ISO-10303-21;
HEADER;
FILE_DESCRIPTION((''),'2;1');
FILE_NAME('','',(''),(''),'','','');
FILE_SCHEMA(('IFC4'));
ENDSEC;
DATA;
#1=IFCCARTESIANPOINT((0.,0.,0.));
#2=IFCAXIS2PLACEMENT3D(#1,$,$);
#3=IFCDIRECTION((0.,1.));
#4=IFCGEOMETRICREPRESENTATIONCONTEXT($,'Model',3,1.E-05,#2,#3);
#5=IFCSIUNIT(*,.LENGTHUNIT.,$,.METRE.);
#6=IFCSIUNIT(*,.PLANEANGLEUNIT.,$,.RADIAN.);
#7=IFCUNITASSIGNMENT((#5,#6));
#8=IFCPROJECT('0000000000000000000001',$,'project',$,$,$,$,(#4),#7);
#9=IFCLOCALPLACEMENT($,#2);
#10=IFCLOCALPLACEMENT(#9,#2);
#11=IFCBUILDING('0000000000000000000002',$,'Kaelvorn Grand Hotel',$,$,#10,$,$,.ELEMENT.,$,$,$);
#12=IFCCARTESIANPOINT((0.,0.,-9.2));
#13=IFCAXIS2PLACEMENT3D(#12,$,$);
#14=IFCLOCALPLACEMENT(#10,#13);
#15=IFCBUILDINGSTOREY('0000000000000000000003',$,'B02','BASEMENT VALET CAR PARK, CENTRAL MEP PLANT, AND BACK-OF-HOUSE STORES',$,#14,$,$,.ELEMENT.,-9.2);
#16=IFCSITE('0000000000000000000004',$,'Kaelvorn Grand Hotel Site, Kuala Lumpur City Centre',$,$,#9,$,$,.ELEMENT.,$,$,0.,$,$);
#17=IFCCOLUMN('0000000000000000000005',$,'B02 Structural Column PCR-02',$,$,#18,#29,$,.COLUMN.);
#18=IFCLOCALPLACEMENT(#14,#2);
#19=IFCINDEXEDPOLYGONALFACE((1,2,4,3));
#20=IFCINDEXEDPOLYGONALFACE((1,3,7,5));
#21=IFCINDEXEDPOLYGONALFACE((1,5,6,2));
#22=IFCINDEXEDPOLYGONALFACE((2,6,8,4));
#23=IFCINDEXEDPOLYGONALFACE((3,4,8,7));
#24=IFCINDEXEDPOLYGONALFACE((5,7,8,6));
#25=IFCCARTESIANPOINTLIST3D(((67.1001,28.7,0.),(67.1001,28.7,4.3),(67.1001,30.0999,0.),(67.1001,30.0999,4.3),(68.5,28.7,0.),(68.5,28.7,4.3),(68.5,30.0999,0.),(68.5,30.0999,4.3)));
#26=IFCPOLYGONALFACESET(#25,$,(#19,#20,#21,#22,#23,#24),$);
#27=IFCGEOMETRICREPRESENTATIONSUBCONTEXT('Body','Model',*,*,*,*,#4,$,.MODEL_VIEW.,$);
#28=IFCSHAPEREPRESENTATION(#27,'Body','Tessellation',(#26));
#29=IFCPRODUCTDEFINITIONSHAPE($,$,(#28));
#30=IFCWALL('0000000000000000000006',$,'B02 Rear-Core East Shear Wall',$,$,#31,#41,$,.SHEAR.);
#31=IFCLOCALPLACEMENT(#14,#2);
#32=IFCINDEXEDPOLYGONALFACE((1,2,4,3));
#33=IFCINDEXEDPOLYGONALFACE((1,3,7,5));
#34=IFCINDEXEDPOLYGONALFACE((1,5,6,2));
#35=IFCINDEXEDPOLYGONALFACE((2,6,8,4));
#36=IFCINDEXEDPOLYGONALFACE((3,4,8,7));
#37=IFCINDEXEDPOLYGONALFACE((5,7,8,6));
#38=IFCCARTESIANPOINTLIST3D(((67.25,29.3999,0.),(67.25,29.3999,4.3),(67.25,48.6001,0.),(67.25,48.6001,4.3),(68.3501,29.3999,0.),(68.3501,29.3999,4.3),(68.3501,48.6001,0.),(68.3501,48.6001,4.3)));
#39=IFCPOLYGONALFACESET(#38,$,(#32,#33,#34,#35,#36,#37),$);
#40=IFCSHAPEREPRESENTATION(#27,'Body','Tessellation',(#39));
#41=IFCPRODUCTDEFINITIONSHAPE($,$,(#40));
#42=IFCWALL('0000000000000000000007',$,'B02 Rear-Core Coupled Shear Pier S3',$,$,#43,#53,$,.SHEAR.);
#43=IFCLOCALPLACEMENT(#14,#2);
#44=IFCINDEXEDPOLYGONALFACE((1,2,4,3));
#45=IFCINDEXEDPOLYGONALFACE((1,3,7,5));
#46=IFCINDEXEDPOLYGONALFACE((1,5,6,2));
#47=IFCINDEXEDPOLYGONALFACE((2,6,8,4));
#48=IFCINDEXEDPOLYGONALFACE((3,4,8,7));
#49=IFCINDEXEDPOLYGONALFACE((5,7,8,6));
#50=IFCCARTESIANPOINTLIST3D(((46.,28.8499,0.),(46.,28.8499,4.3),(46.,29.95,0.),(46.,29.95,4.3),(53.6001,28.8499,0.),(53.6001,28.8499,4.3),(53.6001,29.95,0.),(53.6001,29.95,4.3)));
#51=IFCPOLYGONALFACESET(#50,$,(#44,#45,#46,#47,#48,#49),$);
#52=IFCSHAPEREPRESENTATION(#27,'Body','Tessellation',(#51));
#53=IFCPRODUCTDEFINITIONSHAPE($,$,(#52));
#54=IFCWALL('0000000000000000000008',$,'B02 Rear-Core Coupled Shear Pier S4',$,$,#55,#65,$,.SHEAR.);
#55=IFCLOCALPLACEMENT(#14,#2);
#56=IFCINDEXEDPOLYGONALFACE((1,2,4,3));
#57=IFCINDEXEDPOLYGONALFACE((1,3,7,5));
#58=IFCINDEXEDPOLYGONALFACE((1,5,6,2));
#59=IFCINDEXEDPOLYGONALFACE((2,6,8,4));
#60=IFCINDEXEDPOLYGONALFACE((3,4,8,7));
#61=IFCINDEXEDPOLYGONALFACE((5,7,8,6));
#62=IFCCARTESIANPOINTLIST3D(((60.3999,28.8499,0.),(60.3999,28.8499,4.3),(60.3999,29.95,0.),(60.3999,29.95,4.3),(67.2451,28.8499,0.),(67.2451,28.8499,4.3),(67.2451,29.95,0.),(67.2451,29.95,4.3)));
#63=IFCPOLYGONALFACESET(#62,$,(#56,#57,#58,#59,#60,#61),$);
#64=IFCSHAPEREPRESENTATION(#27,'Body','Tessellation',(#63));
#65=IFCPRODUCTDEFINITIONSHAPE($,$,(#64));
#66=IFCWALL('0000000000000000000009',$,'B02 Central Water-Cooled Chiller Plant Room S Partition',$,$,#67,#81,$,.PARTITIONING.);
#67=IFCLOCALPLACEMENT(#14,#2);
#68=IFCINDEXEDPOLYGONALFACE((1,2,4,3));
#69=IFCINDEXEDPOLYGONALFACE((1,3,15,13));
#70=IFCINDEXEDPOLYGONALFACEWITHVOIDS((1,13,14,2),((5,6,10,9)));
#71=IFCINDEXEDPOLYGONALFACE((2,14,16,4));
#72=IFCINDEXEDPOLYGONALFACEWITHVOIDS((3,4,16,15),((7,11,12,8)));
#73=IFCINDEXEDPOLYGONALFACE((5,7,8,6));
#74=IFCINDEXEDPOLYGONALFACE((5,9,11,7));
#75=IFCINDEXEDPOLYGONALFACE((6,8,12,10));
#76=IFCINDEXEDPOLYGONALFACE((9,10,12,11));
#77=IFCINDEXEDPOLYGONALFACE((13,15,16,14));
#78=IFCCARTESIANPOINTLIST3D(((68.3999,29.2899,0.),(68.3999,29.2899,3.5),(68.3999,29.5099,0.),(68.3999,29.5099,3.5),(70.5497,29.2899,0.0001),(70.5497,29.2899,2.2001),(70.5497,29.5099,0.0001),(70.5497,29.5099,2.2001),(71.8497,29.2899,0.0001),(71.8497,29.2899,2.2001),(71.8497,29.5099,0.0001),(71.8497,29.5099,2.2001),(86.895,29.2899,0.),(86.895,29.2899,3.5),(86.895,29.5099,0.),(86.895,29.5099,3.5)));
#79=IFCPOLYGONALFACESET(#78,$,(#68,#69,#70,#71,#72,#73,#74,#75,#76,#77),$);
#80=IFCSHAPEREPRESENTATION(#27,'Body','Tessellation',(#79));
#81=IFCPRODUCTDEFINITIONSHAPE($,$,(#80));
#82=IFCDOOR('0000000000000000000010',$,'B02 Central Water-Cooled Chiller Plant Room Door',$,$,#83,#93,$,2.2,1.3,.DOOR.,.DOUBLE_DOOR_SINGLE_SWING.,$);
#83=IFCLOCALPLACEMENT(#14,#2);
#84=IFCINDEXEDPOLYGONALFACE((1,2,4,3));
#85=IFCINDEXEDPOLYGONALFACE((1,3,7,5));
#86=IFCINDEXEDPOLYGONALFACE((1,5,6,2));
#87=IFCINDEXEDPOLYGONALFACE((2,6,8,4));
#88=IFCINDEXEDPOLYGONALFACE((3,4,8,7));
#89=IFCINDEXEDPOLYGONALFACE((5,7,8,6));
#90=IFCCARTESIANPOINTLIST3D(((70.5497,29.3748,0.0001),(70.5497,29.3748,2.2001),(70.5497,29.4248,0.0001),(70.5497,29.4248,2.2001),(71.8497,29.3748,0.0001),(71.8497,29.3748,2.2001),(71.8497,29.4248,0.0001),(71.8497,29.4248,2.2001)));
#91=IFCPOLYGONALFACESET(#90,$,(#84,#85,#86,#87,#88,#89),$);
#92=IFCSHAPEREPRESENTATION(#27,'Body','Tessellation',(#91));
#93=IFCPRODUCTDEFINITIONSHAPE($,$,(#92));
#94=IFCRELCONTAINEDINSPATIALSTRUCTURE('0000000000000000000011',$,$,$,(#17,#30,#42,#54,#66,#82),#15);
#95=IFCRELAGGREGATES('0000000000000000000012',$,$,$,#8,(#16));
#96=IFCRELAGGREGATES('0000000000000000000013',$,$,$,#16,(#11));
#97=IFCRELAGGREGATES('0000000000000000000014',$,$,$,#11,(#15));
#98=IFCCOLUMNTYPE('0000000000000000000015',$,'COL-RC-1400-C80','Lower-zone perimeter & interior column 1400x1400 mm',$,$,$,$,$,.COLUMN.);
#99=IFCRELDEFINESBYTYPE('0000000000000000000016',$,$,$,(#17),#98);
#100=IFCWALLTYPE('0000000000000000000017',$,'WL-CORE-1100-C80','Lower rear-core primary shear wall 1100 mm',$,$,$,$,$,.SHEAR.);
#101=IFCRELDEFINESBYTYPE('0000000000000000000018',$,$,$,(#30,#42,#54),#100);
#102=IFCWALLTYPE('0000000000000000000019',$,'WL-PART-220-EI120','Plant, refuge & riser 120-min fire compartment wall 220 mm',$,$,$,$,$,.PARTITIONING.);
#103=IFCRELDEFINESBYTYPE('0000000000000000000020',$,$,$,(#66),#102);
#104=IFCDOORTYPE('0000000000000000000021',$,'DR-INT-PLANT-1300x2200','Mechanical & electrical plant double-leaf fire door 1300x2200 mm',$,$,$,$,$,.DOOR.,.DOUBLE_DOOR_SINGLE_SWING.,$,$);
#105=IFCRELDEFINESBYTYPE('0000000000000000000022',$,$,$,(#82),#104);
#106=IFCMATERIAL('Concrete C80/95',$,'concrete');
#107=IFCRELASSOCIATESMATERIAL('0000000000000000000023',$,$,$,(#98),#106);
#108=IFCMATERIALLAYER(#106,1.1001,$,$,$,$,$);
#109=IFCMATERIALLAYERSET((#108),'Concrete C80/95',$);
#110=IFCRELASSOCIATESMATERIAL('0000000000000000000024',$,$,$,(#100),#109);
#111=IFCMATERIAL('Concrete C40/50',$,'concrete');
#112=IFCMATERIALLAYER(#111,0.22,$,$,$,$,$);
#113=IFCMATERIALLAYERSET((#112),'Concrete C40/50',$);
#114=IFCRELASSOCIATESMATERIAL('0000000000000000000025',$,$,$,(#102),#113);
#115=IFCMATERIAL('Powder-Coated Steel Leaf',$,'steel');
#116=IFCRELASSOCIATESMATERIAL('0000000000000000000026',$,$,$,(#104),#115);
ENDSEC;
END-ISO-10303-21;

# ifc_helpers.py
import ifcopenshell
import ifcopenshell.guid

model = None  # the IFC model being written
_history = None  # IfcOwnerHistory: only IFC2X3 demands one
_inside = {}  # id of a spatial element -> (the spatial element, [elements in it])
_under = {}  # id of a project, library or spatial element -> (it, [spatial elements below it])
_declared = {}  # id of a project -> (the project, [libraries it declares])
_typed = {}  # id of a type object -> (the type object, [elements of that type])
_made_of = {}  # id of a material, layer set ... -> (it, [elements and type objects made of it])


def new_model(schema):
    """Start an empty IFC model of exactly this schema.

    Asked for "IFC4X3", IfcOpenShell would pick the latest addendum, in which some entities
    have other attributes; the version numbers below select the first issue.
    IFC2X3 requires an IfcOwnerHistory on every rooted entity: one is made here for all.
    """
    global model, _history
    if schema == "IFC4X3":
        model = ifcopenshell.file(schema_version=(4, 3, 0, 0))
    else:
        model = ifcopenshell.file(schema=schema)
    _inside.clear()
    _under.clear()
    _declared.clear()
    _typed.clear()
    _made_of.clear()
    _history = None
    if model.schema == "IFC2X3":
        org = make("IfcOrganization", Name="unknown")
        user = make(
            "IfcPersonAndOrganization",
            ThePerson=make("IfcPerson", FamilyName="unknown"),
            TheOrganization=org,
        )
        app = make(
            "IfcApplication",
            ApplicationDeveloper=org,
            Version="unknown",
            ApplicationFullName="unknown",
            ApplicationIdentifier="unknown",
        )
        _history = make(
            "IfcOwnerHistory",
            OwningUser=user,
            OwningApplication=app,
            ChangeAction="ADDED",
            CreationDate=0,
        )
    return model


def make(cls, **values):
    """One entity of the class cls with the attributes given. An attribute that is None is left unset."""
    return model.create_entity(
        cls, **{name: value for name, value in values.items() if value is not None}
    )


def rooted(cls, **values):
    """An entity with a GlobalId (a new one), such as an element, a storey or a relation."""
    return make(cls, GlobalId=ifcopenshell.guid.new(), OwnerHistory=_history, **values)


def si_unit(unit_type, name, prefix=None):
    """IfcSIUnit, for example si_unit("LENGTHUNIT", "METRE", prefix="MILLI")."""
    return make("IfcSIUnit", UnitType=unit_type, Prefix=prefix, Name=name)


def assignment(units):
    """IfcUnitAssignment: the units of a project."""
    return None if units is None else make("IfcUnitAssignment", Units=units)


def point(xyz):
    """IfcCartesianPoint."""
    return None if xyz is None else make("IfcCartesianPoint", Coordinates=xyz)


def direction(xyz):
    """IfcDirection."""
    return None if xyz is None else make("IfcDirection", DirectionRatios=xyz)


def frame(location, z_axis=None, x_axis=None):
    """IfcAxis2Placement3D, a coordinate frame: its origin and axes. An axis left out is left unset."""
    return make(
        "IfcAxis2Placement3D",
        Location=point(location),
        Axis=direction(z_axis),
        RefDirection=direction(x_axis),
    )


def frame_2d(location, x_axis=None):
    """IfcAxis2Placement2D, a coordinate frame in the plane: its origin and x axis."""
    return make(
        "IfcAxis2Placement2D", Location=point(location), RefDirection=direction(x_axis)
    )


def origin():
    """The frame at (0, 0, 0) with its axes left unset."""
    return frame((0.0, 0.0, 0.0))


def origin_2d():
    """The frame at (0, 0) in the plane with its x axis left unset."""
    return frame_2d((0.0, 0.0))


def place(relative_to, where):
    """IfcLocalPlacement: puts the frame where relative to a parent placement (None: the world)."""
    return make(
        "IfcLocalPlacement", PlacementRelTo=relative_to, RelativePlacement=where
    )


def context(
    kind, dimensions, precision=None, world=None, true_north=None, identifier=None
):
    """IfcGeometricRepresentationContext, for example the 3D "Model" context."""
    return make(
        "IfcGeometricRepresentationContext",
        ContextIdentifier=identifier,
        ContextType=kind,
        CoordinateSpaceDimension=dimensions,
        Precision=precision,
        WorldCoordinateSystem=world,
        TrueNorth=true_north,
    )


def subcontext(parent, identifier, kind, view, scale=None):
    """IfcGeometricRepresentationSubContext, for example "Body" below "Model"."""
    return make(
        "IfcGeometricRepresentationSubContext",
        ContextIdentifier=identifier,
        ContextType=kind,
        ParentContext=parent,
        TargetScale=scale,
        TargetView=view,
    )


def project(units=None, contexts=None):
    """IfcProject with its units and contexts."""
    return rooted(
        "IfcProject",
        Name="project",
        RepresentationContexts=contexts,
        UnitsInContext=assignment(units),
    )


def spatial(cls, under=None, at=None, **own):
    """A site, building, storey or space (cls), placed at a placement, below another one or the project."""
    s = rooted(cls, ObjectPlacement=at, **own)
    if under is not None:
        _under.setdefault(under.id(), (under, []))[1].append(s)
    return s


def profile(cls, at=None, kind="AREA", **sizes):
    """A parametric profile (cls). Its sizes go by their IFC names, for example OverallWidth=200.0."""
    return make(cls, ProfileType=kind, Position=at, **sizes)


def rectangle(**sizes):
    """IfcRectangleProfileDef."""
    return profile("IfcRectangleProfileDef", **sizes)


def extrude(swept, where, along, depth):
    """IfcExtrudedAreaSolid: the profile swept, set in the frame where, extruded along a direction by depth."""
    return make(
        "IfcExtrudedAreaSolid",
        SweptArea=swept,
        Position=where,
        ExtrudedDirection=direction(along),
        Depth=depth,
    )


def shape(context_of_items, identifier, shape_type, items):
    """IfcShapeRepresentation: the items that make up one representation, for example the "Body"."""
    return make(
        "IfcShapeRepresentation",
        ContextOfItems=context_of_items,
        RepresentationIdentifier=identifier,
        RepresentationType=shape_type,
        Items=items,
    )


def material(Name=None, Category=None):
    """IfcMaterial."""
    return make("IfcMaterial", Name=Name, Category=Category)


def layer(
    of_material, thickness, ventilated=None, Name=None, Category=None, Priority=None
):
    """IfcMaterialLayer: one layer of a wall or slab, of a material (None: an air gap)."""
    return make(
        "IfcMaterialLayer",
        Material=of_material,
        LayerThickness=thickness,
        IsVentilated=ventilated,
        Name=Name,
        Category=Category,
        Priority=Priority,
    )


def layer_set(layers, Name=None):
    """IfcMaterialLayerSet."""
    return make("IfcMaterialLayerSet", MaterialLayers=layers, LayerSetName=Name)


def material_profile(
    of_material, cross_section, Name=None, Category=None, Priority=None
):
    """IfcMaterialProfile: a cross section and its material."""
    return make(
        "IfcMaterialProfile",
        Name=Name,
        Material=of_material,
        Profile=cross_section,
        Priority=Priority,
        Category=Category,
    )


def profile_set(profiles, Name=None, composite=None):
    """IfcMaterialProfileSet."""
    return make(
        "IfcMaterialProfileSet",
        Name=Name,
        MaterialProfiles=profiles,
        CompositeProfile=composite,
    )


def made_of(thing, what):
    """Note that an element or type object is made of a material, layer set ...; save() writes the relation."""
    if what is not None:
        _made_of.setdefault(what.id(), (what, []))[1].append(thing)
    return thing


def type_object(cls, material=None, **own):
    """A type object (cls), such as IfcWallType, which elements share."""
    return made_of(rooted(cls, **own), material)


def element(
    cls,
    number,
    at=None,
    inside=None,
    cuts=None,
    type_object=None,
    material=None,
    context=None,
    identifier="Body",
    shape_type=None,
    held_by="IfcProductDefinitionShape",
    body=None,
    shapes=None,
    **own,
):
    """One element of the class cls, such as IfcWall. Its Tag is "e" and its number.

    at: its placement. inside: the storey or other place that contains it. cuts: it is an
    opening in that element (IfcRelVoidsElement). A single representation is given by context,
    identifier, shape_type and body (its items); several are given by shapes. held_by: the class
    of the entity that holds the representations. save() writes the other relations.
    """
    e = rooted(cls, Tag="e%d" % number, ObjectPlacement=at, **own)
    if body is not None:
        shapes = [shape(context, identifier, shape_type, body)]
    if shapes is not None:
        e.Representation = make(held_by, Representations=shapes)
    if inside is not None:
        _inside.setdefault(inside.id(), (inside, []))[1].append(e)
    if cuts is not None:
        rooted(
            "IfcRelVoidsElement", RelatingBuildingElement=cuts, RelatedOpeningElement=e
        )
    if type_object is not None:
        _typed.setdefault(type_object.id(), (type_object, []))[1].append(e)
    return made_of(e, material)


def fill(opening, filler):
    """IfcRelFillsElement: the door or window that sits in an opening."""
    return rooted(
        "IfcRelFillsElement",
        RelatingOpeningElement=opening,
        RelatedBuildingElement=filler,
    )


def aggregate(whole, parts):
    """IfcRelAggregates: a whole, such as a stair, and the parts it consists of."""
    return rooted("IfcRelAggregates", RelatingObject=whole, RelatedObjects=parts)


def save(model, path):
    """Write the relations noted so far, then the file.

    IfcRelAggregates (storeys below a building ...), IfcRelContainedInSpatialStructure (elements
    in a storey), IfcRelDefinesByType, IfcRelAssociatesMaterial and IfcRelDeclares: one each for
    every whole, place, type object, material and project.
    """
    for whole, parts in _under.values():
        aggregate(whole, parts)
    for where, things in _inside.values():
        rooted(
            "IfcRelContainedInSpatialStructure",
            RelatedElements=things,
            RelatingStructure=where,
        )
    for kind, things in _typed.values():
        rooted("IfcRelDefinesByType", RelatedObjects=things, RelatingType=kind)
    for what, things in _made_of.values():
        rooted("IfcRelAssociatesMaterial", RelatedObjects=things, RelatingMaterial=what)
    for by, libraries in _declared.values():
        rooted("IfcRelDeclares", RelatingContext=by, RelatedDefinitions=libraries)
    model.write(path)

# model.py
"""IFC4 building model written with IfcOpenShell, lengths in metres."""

from ifc_helpers import new_model, si_unit, direction, frame, frame_2d, origin, origin_2d, place, context, subcontext, project, spatial, rectangle, extrude, material, layer, layer_set, material_profile, profile_set, type_object, element, fill, save


model = new_model("IFC4")

# Units and contexts
model_context = context("Model", 3, precision=1e-05, world=origin(), true_north=direction((0.0, 1.0)))
body_context = subcontext(model_context, "Body", "Model", "MODEL_VIEW")
ifc_project = project(units=[si_unit("LENGTHUNIT", "METRE"), si_unit("PLANEANGLEUNIT", "RADIAN")], contexts=[model_context])

# Site, building, storey
site_placement = place(None, origin())
site = spatial("IfcSite", under=ifc_project, at=site_placement, Name="Kaelvorn Grand Hotel Site, Kuala Lumpur City Centre", CompositionType="ELEMENT", RefElevation=0.0)
building_placement = place(site_placement, origin())
building = spatial("IfcBuilding", under=site, at=building_placement, Name="Kaelvorn Grand Hotel", CompositionType="ELEMENT")
storey_placement = place(building_placement, frame((0.0, 0.0, -9.2)))
storey = spatial("IfcBuildingStorey", under=building, at=storey_placement, Name="B02", Description="BASEMENT VALET CAR PARK, CENTRAL MEP PLANT, AND BACK-OF-HOUSE STORES", CompositionType="ELEMENT", Elevation=-9.2)

# Column
ifc_material_1 = material(Name="Concrete C80/95", Category="concrete")
ifc_material_profile_1 = material_profile(ifc_material_1, rectangle(XDim=1.3999, YDim=1.3999, at=origin_2d()), Name="RC COL 1400x1400")
ifc_profile_set_1 = profile_set([ifc_material_profile_1], Name="Concrete C80/95")
column_type_1 = type_object("IfcColumnType", Name="COL-RC-1400-C80", Description="Lower-zone perimeter & interior column 1400x1400 mm", PredefinedType="COLUMN", material=ifc_profile_set_1)
column_placement = place(storey_placement, frame((67.8, 29.3999, 0.0), z_axis=(0.0, 0.0, 1.0), x_axis=(1.0, 0.0, 0.0)))
element("IfcColumn", 1, at=column_placement, inside=storey, type_object=column_type_1, Name="B02 Structural Column PCR-02", PredefinedType="COLUMN", context=body_context, shape_type="SweptSolid", body=[
    extrude(rectangle(XDim=1.3999, YDim=1.3999, at=origin_2d()), origin(), (0.0, 0.0, 1.0), 4.3),
])

# Walls
ifc_layer_1 = layer(ifc_material_1, 1.1001)
ifc_layer_set_1 = layer_set([ifc_layer_1], Name="Concrete C80/95")
wall_type_1 = type_object("IfcWallType", Name="WL-CORE-1100-C80", Description="Lower rear-core primary shear wall 1100 mm", PredefinedType="SHEAR", material=ifc_layer_set_1)
wall_1_placement = place(storey_placement, frame((67.8, 29.3999, 0.0), z_axis=(0.0, 0.0, 1.0), x_axis=(0.0, 1.0, 0.0)))
element("IfcWall", 2, at=wall_1_placement, inside=storey, type_object=wall_type_1, Name="B02 Rear-Core East Shear Wall", PredefinedType="SHEAR", context=body_context, shape_type="SweptSolid", body=[
    extrude(rectangle(XDim=19.2002, YDim=1.1001, at=frame_2d((9.6001, 0.0))), origin(), (0.0, 0.0, 1.0), 4.3),
])
wall_2_placement = place(storey_placement, frame((46.0, 29.3999, 0.0), z_axis=(0.0, 0.0, 1.0), x_axis=(1.0, 0.0, 0.0)))
element("IfcWall", 3, at=wall_2_placement, inside=storey, type_object=wall_type_1, Name="B02 Rear-Core Coupled Shear Pier S3", PredefinedType="SHEAR", context=body_context, shape_type="SweptSolid", body=[
    extrude(rectangle(XDim=7.6001, YDim=1.1001, at=frame_2d((3.8, 0.0))), origin(), (0.0, 0.0, 1.0), 4.3),
])
wall_3_placement = place(storey_placement, frame((60.3999, 29.3999, 0.0), z_axis=(0.0, 0.0, 1.0), x_axis=(1.0, 0.0, 0.0)))
element("IfcWall", 4, at=wall_3_placement, inside=storey, type_object=wall_type_1, Name="B02 Rear-Core Coupled Shear Pier S4", PredefinedType="SHEAR", context=body_context, shape_type="SweptSolid", body=[
    extrude(rectangle(XDim=6.8452, YDim=1.1001, at=frame_2d((3.4226, 0.0))), origin(), (0.0, 0.0, 1.0), 4.3),
])

# Wall, opening, door
ifc_material_2 = material(Name="Concrete C40/50", Category="concrete")
ifc_layer_2 = layer(ifc_material_2, 0.22)
ifc_layer_set_2 = layer_set([ifc_layer_2], Name="Concrete C40/50")
wall_type_2 = type_object("IfcWallType", Name="WL-PART-220-EI120", Description="Plant, refuge & riser 120-min fire compartment wall 220 mm", PredefinedType="PARTITIONING", material=ifc_layer_set_2)
wall_4_placement = place(storey_placement, frame((68.3999, 29.3999, 0.0), z_axis=(0.0, 0.0, 1.0), x_axis=(1.0, 0.0, 0.0)))
wall_4 = element("IfcWall", 5, at=wall_4_placement, inside=storey, type_object=wall_type_2, Name="B02 Central Water-Cooled Chiller Plant Room S Partition", PredefinedType="PARTITIONING", context=body_context, shape_type="SweptSolid", body=[
    extrude(rectangle(XDim=18.4951, YDim=0.22, at=frame_2d((9.2476, 0.0))), origin(), (0.0, 0.0, 1.0), 3.5),
])
opening_placement = place(wall_4_placement, frame((2.1499, 0.0, 0.0)))
opening = element("IfcOpeningElement", 6, at=opening_placement, cuts=wall_4, PredefinedType="OPENING", context=body_context, shape_type="SweptSolid", body=[
    extrude(rectangle(XDim=1.3, YDim=2.2, at=frame_2d((0.6499, 1.1001))), frame((0.0, 0.1201, 0.0), z_axis=(0.0, -1.0, 0.0), x_axis=(1.0, 0.0, 0.0)), (0.0, 0.0, 1.0), 0.24),
])
ifc_material_3 = material(Name="Powder-Coated Steel Leaf", Category="steel")
door_type = type_object("IfcDoorType", Name="DR-INT-PLANT-1300x2200", Description="Mechanical & electrical plant double-leaf fire door 1300x2200 mm", OperationType="DOUBLE_DOOR_SINGLE_SWING", PredefinedType="DOOR", material=ifc_material_3)
door_placement = place(opening_placement, origin())
door = element("IfcDoor", 7, at=door_placement, inside=storey, type_object=door_type, Name="B02 Central Water-Cooled Chiller Plant Room Door", OperationType="DOUBLE_DOOR_SINGLE_SWING", OverallHeight=2.2, OverallWidth=1.3, PredefinedType="DOOR", context=body_context, shape_type="SweptSolid", body=[
    extrude(rectangle(XDim=1.3, YDim=2.2, at=frame_2d((0.6499, 1.1001))), frame((0.0, 0.0249, 0.0), z_axis=(0.0, -1.0, 0.0), x_axis=(1.0, 0.0, 0.0)), (0.0, 0.0, 1.0), 0.05),
])
fill(opening, door)

save(model, "model.ifc")
